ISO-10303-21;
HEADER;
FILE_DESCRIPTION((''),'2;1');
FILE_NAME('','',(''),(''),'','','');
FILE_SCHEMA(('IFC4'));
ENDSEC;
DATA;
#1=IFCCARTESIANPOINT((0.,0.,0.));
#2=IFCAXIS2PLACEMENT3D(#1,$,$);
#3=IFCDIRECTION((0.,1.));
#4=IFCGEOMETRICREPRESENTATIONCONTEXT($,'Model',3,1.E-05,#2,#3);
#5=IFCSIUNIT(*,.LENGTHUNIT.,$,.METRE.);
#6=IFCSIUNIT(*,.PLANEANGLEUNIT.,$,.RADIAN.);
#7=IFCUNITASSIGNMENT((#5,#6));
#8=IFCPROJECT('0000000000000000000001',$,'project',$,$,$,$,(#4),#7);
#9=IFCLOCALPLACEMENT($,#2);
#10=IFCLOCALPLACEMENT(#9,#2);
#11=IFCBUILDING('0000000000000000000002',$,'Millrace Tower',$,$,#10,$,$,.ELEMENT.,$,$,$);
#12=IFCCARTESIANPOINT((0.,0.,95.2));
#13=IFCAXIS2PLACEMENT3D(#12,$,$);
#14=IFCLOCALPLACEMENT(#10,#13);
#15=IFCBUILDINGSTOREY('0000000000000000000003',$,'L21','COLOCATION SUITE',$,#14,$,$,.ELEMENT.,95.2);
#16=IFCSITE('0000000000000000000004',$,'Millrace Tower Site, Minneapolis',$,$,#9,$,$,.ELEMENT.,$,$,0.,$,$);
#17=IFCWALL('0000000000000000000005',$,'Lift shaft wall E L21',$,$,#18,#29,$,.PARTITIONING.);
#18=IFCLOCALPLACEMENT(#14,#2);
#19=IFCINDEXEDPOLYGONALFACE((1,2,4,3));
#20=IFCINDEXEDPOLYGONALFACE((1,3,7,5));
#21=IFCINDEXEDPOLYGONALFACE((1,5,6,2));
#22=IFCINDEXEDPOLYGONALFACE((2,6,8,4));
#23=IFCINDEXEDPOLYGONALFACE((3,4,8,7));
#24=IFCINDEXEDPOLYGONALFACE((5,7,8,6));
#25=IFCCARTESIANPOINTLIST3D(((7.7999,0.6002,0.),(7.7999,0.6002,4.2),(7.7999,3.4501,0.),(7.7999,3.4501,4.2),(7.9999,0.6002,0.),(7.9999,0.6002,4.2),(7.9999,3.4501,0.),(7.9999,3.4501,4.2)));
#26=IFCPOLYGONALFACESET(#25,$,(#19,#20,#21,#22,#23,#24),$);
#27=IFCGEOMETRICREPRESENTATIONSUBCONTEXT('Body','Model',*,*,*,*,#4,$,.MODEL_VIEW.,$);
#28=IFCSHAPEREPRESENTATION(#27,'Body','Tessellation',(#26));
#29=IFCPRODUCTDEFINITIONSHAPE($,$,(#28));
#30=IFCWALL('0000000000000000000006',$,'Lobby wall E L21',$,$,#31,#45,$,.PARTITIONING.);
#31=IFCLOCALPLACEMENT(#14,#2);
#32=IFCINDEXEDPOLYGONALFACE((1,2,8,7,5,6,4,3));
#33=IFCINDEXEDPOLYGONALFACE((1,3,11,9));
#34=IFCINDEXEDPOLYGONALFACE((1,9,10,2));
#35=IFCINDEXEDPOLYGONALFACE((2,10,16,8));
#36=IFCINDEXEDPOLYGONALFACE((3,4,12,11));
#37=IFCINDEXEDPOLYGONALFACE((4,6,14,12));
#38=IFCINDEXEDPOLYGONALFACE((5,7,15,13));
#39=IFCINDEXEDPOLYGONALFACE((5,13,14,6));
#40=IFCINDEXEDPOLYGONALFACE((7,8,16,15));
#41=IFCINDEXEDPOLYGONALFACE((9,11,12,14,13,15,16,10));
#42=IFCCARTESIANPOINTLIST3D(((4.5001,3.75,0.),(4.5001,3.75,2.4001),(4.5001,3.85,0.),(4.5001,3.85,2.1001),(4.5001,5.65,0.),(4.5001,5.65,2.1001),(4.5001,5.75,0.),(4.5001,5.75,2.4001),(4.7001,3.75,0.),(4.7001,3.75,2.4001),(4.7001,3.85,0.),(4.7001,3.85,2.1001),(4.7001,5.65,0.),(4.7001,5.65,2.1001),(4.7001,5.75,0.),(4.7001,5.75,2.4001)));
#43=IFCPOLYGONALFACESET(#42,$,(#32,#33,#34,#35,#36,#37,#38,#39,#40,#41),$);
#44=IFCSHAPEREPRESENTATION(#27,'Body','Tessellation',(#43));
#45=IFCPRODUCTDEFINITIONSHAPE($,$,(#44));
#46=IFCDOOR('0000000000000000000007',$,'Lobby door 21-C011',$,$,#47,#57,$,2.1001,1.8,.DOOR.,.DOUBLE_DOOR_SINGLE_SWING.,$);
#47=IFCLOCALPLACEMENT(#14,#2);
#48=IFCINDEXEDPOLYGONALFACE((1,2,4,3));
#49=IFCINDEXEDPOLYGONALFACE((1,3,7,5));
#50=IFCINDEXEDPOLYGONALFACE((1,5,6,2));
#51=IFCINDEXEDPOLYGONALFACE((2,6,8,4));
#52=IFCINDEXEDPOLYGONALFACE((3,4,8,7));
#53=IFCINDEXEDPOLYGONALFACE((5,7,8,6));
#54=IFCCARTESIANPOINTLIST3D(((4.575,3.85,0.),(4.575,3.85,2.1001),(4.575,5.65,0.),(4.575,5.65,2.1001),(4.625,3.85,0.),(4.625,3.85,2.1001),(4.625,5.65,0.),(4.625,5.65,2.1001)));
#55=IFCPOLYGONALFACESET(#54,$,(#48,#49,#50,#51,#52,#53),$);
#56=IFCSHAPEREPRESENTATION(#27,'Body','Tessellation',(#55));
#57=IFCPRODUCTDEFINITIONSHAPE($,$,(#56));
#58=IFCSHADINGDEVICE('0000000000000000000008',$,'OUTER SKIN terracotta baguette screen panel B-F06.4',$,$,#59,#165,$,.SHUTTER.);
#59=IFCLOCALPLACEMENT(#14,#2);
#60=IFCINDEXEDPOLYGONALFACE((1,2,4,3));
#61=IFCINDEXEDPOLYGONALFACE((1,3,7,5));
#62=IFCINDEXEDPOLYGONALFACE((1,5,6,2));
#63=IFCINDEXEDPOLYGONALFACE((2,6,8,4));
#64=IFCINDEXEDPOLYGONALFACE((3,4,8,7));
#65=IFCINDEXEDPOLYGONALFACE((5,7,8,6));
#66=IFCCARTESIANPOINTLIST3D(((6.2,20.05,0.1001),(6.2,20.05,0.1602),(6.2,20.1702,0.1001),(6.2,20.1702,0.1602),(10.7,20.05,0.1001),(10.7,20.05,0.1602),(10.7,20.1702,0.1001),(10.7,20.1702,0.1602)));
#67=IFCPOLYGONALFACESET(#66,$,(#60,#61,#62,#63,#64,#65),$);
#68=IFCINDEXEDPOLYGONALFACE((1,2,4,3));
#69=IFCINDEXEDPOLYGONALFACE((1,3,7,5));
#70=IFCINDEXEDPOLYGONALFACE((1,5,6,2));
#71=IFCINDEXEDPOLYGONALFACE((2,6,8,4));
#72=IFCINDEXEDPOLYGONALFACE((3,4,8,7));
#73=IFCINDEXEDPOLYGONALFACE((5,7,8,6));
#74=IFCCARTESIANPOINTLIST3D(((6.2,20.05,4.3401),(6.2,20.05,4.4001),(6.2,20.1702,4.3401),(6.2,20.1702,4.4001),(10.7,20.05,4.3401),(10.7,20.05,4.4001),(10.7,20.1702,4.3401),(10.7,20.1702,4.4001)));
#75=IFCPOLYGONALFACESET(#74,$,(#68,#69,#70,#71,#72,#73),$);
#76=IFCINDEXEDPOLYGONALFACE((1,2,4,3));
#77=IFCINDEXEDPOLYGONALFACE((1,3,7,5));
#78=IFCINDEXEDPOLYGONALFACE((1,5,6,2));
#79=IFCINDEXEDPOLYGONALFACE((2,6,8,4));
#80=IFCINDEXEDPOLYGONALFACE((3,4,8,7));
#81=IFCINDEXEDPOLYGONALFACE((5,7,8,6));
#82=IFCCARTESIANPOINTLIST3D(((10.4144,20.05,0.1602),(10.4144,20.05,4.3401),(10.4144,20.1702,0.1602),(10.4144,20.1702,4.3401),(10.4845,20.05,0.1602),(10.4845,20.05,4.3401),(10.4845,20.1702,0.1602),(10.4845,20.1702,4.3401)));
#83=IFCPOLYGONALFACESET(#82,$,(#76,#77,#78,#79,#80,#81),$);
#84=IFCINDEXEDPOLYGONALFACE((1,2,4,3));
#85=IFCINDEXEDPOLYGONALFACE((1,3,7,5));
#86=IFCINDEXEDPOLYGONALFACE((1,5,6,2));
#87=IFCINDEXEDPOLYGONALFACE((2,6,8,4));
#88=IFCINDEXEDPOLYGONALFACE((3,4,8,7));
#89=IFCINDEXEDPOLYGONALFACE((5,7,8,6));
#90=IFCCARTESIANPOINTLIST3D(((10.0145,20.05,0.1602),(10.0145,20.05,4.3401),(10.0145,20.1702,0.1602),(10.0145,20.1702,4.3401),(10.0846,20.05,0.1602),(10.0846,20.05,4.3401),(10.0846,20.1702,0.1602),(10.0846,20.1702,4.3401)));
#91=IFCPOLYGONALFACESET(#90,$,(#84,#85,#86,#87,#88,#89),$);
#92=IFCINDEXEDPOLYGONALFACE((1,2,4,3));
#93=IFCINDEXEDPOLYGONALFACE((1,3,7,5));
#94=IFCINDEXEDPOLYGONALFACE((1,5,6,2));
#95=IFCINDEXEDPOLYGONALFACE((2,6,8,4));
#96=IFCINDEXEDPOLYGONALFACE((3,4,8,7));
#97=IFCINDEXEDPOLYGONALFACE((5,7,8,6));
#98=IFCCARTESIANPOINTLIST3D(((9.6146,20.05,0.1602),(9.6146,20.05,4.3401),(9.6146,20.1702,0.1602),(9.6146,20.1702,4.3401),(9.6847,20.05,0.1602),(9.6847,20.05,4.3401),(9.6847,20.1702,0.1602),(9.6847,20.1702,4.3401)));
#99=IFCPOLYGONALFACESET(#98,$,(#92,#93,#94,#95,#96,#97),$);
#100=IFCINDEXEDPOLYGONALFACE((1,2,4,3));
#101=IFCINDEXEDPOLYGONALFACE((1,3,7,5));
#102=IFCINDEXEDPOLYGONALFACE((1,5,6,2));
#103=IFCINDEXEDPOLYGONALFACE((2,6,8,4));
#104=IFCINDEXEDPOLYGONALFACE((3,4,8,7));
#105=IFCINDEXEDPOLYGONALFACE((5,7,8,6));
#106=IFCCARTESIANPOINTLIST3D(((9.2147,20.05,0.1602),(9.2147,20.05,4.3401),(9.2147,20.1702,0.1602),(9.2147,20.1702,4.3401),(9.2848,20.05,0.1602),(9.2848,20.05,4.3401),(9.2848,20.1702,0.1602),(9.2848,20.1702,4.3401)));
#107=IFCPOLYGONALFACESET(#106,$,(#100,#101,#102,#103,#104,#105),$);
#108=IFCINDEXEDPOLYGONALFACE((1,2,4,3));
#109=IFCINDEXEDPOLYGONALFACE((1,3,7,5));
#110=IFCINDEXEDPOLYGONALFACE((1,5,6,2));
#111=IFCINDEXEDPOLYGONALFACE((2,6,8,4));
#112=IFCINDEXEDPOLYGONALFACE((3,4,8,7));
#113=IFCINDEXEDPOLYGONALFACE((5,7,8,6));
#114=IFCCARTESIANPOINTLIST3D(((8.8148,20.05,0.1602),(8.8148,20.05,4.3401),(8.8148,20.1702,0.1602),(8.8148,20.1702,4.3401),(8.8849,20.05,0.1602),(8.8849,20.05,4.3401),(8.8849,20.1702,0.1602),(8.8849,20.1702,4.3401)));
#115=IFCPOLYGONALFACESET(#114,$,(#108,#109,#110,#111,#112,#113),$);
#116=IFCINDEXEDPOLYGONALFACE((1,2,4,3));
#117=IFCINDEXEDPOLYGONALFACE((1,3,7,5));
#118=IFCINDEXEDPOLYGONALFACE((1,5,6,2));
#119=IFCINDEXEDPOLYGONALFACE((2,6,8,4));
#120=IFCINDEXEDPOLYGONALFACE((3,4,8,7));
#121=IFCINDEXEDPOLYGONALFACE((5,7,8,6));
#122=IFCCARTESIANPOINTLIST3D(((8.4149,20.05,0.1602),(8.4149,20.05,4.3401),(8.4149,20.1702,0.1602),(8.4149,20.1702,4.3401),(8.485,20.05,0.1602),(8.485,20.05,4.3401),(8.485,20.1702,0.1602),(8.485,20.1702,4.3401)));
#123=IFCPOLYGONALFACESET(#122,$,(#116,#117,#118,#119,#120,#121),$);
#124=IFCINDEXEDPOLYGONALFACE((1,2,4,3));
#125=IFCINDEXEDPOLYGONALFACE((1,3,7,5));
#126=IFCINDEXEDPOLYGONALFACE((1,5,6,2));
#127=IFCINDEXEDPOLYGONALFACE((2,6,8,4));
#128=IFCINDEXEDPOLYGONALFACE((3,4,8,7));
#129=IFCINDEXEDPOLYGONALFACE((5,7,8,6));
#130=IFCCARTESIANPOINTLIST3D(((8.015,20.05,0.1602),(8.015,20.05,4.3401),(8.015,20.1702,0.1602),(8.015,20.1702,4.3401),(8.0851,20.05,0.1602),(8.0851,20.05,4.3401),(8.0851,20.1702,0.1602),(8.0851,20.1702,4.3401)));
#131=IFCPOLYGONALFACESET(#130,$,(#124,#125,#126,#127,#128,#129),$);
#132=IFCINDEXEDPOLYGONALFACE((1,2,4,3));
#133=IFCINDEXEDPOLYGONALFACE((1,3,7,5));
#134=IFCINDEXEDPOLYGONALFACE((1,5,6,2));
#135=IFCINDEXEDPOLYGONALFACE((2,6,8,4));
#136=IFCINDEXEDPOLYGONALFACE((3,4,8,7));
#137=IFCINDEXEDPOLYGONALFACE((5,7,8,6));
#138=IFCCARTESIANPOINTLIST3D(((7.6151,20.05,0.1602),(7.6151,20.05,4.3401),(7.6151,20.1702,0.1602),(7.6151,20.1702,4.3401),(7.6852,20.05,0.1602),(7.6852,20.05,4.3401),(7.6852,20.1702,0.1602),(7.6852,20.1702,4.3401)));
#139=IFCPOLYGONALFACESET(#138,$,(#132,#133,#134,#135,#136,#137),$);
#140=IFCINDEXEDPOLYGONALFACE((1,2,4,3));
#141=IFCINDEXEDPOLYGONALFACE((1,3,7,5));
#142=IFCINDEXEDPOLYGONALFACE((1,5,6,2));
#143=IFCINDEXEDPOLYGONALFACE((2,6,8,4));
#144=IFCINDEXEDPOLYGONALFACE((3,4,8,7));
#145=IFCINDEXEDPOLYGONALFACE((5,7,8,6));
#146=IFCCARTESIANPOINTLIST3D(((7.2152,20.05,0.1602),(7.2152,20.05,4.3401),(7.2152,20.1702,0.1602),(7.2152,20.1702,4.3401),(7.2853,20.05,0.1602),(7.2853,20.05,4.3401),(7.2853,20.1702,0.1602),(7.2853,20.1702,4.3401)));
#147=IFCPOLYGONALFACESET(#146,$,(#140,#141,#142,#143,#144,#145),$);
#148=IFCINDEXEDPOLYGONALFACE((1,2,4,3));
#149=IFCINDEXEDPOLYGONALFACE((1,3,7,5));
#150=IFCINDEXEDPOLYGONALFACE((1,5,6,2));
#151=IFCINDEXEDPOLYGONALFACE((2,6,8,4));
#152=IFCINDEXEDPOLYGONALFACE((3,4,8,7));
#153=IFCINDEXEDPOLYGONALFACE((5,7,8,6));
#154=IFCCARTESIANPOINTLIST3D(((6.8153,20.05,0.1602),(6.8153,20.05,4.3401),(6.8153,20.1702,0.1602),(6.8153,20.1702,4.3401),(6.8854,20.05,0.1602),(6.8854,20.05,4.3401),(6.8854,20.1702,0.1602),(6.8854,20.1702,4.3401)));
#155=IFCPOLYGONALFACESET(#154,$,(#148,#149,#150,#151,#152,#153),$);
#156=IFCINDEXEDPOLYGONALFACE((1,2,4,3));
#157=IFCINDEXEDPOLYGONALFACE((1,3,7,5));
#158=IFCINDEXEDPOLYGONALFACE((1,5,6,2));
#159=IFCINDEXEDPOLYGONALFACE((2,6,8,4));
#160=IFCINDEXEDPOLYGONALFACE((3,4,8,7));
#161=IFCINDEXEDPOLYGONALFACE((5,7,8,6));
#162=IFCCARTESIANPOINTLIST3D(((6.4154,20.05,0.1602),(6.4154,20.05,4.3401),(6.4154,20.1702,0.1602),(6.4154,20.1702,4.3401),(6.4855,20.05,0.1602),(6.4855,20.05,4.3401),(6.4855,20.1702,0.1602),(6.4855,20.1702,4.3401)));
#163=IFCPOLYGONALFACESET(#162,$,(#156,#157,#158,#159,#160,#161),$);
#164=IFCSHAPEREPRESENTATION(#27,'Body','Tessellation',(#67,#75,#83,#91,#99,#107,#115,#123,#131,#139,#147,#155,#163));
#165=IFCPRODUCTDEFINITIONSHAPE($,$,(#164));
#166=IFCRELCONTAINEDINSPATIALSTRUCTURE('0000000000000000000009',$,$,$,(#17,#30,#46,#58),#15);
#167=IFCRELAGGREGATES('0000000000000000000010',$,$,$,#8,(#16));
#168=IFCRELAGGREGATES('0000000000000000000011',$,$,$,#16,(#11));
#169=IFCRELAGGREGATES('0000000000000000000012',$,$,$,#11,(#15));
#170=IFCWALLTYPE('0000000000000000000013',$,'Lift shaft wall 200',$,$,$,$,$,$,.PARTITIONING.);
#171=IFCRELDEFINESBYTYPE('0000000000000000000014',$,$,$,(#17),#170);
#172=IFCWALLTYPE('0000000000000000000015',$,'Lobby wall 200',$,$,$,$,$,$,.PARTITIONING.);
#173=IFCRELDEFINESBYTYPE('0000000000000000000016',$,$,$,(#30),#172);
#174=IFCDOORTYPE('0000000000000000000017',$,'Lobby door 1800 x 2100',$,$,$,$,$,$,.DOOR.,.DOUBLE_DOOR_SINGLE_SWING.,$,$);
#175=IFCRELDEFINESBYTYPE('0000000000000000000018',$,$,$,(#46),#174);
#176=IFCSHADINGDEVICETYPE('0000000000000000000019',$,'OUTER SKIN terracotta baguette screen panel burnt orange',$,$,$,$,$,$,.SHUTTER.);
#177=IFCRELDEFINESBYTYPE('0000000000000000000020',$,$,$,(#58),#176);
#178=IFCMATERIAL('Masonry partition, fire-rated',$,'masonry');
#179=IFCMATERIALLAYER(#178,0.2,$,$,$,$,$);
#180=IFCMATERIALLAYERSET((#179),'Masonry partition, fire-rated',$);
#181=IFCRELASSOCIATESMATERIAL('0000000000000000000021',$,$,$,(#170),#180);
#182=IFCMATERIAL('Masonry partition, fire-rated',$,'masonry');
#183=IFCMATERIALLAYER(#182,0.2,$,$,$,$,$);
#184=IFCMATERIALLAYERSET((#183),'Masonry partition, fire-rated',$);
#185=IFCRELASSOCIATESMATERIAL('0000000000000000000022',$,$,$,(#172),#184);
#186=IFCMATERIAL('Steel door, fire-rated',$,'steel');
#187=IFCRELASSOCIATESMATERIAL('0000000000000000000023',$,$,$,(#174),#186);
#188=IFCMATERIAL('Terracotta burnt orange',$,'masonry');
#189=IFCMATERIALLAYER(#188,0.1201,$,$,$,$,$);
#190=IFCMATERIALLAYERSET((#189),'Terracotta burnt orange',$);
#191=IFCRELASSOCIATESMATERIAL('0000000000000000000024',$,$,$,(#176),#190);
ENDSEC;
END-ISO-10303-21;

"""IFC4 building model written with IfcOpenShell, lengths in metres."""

from ifc_helpers import new_model, entity, si_unit, direction, frame, frame_2d, origin, origin_2d, place, context, subcontext, project, spatial, rectangle, extrude, source, transform, mapped, material, layer, layer_set, type_object, element, fill, save


model = new_model("IFC4")

# Units and contexts
model_context = context("Model", 3, precision=1e-05, world=origin(), true_north=direction((0.0, 1.0)))
body_context = subcontext(model_context, "Body", "Model", "MODEL_VIEW")
ifc_project = project(units=[si_unit("LENGTHUNIT", "METRE"), si_unit("PLANEANGLEUNIT", "RADIAN")], contexts=[model_context])

# Site, building, storey
site_placement = place(None, origin())
site = spatial("IfcSite", under=ifc_project, at=site_placement, Name="Millrace Tower Site, Minneapolis", CompositionType="ELEMENT", RefElevation=0.0)
building_placement = place(site_placement, origin())
building = spatial("IfcBuilding", under=site, at=building_placement, Name="Millrace Tower", CompositionType="ELEMENT")
storey_placement = place(building_placement, frame((0.0, 0.0, 95.2)))
storey = spatial("IfcBuildingStorey", under=building, at=storey_placement, Name="L21", Description="COLOCATION SUITE", CompositionType="ELEMENT", Elevation=95.2)

# Wall
ifc_material_1 = material(Name="Masonry partition, fire-rated", Category="masonry")
ifc_layer_1 = layer(ifc_material_1, 0.2)
ifc_layer_set_1 = layer_set([ifc_layer_1], Name="Masonry partition, fire-rated")
wall_type_1 = type_object("IfcWallType", Name="Lift shaft wall 200", PredefinedType="PARTITIONING", material=ifc_layer_set_1)
for number, where, z_axis, x_axis, name in (
    (1, (7.8999, 3.45, 0.0), (0.0, 0.0, 1.0), (0.0, -1.0, 0.0), "Lift shaft wall E L21"),
):
    element("IfcWall", number, at=place(storey_placement, frame(where, z_axis=z_axis, x_axis=x_axis)), inside=storey, type_object=wall_type_1, Name=name, PredefinedType="PARTITIONING", context=body_context, shape_type="SweptSolid", body=[
        extrude(rectangle(XDim=2.8499, YDim=0.2, at=frame_2d((1.4248, 0.0))), origin(), (0.0, 0.0, 1.0), 4.2),
    ])

# Wall, opening, door
ifc_material_2 = material(Name="Masonry partition, fire-rated", Category="masonry")
ifc_layer_2 = layer(ifc_material_2, 0.2)
ifc_layer_set_2 = layer_set([ifc_layer_2], Name="Masonry partition, fire-rated")
wall_type_2 = type_object("IfcWallType", Name="Lobby wall 200", PredefinedType="PARTITIONING", material=ifc_layer_set_2)
wall_1_placement = place(storey_placement, frame((4.6001, 5.75, 0.0), z_axis=(0.0, 0.0, 1.0), x_axis=(0.0, -1.0, 0.0)))
wall_1 = element("IfcWall", 2, at=wall_1_placement, inside=storey, type_object=wall_type_2, Name="Lobby wall E L21", PredefinedType="PARTITIONING", context=body_context, shape_type="SweptSolid", body=[
    extrude(rectangle(XDim=2.0, YDim=0.2, at=frame_2d((1.0, 0.0))), origin(), (0.0, 0.0, 1.0), 2.4001),
])
opening_1_placement = place(wall_1_placement, frame((0.1001, 0.0, 0.0)))
opening_1 = element("IfcOpeningElement", 3, at=opening_1_placement, cuts=wall_1, PredefinedType="OPENING", context=body_context, shape_type="SweptSolid", body=[
    extrude(rectangle(XDim=1.8, YDim=2.1001, at=frame_2d((0.8999, 1.05))), frame((0.0, 0.1099, 0.0), z_axis=(0.0, -1.0, 0.0), x_axis=(1.0, 0.0, 0.0)), (0.0, 0.0, 1.0), 0.22),
])
ifc_material_3 = material(Name="Steel door, fire-rated", Category="steel")
door_type_1 = type_object("IfcDoorType", Name="Lobby door 1800 x 2100", OperationType="DOUBLE_DOOR_SINGLE_SWING", PredefinedType="DOOR", material=ifc_material_3)
door_1_placement = place(opening_1_placement, origin())
door_1 = element("IfcDoor", 4, at=door_1_placement, inside=storey, type_object=door_type_1, Name="Lobby door 21-C011", OperationType="DOUBLE_DOOR_SINGLE_SWING", OverallHeight=2.1001, OverallWidth=1.8, PredefinedType="DOOR", context=body_context, shape_type="SweptSolid", body=[
    extrude(rectangle(XDim=1.8, YDim=2.1001, at=frame_2d((0.8999, 1.05))), frame((0.0, 0.0249, 0.0), z_axis=(0.0, -1.0, 0.0), x_axis=(1.0, 0.0, 0.0)), (0.0, 0.0, 1.0), 0.05),
])
fill(opening_1, door_1)

# Shading device
ifc_material_4 = material(Name="Terracotta burnt orange", Category="masonry")
ifc_layer_3 = layer(ifc_material_4, 0.1201)
ifc_layer_set_3 = layer_set([ifc_layer_3], Name="Terracotta burnt orange")
shading_device_type = type_object("IfcShadingDeviceType", Name="OUTER SKIN terracotta baguette screen panel burnt orange", PredefinedType="SHUTTER", material=ifc_layer_set_3)
cartesian_point = entity("IfcCartesianPoint", [-2.25, 0.0601])
shared_polyline = entity("IfcPolyline", [cartesian_point, entity("IfcCartesianPoint", [2.25, 0.0601]), entity("IfcCartesianPoint", [2.25, -0.0601]), entity("IfcCartesianPoint", [-2.25, -0.0601]), cartesian_point])
shared_shape = source(origin(), body_context, "Body", "SweptSolid", [
    entity("IfcExtrudedAreaSolid", entity("IfcArbitraryClosedProfileDef", "AREA", None, shared_polyline), entity("IfcAxis2Placement3D", entity("IfcCartesianPoint", [0.0, 0.0, 0.0])), entity("IfcDirection", [0.0, 0.0, 1.0]), 0.0601),
    entity("IfcExtrudedAreaSolid", entity("IfcArbitraryClosedProfileDef", "AREA", None, shared_polyline), entity("IfcAxis2Placement3D", entity("IfcCartesianPoint", [0.0, 0.0, 4.24])), entity("IfcDirection", [0.0, 0.0, 1.0]), 0.0601),
    extrude(rectangle(XDim=0.0701, YDim=0.1201, at=frame_2d((-1.9995, 0.0))), frame((0.0, 0.0, 0.0601)), (0.0, 0.0, 1.0), 4.1799),
    extrude(rectangle(XDim=0.0701, YDim=0.1201, at=frame_2d((-1.5996, 0.0))), frame((0.0, 0.0, 0.0601)), (0.0, 0.0, 1.0), 4.1799),
    extrude(rectangle(XDim=0.0701, YDim=0.1201, at=frame_2d((-1.1997, 0.0))), frame((0.0, 0.0, 0.0601)), (0.0, 0.0, 1.0), 4.1799),
    extrude(rectangle(XDim=0.0701, YDim=0.1201, at=frame_2d((-0.7998, 0.0))), frame((0.0, 0.0, 0.0601)), (0.0, 0.0, 1.0), 4.1799),
    extrude(rectangle(XDim=0.0701, YDim=0.1201, at=frame_2d((-0.3999, 0.0))), frame((0.0, 0.0, 0.0601)), (0.0, 0.0, 1.0), 4.1799),
    extrude(rectangle(XDim=0.0701, YDim=0.1201, at=origin_2d()), frame((0.0, 0.0, 0.0601)), (0.0, 0.0, 1.0), 4.1799),
    extrude(rectangle(XDim=0.0701, YDim=0.1201, at=frame_2d((0.3999, 0.0))), frame((0.0, 0.0, 0.0601)), (0.0, 0.0, 1.0), 4.1799),
    extrude(rectangle(XDim=0.0701, YDim=0.1201, at=frame_2d((0.7998, 0.0))), frame((0.0, 0.0, 0.0601)), (0.0, 0.0, 1.0), 4.1799),
    extrude(rectangle(XDim=0.0701, YDim=0.1201, at=frame_2d((1.1997, 0.0))), frame((0.0, 0.0, 0.0601)), (0.0, 0.0, 1.0), 4.1799),
    extrude(rectangle(XDim=0.0701, YDim=0.1201, at=frame_2d((1.5996, 0.0))), frame((0.0, 0.0, 0.0601)), (0.0, 0.0, 1.0), 4.1799),
    extrude(rectangle(XDim=0.0701, YDim=0.1201, at=frame_2d((1.9995, 0.0))), frame((0.0, 0.0, 0.0601)), (0.0, 0.0, 1.0), 4.1799),
])
for number, where, z_axis, x_axis, name in (
    (5, (8.45, 20.1101, 0.1001), (0.0, 0.0, 1.0), (-1.0, 0.0, 0.0), "OUTER SKIN terracotta baguette screen panel B-F06.4"),
):
    element("IfcShadingDevice", number, at=place(storey_placement, frame(where, z_axis=z_axis, x_axis=x_axis)), inside=storey, type_object=shading_device_type, Name=name, PredefinedType="SHUTTER", context=body_context, shape_type="MappedRepresentation", body=[
        mapped(shared_shape, transform((0.0, 0.0, 0.0), scale=1.0)),
    ])

save(model, "model.ifc")
